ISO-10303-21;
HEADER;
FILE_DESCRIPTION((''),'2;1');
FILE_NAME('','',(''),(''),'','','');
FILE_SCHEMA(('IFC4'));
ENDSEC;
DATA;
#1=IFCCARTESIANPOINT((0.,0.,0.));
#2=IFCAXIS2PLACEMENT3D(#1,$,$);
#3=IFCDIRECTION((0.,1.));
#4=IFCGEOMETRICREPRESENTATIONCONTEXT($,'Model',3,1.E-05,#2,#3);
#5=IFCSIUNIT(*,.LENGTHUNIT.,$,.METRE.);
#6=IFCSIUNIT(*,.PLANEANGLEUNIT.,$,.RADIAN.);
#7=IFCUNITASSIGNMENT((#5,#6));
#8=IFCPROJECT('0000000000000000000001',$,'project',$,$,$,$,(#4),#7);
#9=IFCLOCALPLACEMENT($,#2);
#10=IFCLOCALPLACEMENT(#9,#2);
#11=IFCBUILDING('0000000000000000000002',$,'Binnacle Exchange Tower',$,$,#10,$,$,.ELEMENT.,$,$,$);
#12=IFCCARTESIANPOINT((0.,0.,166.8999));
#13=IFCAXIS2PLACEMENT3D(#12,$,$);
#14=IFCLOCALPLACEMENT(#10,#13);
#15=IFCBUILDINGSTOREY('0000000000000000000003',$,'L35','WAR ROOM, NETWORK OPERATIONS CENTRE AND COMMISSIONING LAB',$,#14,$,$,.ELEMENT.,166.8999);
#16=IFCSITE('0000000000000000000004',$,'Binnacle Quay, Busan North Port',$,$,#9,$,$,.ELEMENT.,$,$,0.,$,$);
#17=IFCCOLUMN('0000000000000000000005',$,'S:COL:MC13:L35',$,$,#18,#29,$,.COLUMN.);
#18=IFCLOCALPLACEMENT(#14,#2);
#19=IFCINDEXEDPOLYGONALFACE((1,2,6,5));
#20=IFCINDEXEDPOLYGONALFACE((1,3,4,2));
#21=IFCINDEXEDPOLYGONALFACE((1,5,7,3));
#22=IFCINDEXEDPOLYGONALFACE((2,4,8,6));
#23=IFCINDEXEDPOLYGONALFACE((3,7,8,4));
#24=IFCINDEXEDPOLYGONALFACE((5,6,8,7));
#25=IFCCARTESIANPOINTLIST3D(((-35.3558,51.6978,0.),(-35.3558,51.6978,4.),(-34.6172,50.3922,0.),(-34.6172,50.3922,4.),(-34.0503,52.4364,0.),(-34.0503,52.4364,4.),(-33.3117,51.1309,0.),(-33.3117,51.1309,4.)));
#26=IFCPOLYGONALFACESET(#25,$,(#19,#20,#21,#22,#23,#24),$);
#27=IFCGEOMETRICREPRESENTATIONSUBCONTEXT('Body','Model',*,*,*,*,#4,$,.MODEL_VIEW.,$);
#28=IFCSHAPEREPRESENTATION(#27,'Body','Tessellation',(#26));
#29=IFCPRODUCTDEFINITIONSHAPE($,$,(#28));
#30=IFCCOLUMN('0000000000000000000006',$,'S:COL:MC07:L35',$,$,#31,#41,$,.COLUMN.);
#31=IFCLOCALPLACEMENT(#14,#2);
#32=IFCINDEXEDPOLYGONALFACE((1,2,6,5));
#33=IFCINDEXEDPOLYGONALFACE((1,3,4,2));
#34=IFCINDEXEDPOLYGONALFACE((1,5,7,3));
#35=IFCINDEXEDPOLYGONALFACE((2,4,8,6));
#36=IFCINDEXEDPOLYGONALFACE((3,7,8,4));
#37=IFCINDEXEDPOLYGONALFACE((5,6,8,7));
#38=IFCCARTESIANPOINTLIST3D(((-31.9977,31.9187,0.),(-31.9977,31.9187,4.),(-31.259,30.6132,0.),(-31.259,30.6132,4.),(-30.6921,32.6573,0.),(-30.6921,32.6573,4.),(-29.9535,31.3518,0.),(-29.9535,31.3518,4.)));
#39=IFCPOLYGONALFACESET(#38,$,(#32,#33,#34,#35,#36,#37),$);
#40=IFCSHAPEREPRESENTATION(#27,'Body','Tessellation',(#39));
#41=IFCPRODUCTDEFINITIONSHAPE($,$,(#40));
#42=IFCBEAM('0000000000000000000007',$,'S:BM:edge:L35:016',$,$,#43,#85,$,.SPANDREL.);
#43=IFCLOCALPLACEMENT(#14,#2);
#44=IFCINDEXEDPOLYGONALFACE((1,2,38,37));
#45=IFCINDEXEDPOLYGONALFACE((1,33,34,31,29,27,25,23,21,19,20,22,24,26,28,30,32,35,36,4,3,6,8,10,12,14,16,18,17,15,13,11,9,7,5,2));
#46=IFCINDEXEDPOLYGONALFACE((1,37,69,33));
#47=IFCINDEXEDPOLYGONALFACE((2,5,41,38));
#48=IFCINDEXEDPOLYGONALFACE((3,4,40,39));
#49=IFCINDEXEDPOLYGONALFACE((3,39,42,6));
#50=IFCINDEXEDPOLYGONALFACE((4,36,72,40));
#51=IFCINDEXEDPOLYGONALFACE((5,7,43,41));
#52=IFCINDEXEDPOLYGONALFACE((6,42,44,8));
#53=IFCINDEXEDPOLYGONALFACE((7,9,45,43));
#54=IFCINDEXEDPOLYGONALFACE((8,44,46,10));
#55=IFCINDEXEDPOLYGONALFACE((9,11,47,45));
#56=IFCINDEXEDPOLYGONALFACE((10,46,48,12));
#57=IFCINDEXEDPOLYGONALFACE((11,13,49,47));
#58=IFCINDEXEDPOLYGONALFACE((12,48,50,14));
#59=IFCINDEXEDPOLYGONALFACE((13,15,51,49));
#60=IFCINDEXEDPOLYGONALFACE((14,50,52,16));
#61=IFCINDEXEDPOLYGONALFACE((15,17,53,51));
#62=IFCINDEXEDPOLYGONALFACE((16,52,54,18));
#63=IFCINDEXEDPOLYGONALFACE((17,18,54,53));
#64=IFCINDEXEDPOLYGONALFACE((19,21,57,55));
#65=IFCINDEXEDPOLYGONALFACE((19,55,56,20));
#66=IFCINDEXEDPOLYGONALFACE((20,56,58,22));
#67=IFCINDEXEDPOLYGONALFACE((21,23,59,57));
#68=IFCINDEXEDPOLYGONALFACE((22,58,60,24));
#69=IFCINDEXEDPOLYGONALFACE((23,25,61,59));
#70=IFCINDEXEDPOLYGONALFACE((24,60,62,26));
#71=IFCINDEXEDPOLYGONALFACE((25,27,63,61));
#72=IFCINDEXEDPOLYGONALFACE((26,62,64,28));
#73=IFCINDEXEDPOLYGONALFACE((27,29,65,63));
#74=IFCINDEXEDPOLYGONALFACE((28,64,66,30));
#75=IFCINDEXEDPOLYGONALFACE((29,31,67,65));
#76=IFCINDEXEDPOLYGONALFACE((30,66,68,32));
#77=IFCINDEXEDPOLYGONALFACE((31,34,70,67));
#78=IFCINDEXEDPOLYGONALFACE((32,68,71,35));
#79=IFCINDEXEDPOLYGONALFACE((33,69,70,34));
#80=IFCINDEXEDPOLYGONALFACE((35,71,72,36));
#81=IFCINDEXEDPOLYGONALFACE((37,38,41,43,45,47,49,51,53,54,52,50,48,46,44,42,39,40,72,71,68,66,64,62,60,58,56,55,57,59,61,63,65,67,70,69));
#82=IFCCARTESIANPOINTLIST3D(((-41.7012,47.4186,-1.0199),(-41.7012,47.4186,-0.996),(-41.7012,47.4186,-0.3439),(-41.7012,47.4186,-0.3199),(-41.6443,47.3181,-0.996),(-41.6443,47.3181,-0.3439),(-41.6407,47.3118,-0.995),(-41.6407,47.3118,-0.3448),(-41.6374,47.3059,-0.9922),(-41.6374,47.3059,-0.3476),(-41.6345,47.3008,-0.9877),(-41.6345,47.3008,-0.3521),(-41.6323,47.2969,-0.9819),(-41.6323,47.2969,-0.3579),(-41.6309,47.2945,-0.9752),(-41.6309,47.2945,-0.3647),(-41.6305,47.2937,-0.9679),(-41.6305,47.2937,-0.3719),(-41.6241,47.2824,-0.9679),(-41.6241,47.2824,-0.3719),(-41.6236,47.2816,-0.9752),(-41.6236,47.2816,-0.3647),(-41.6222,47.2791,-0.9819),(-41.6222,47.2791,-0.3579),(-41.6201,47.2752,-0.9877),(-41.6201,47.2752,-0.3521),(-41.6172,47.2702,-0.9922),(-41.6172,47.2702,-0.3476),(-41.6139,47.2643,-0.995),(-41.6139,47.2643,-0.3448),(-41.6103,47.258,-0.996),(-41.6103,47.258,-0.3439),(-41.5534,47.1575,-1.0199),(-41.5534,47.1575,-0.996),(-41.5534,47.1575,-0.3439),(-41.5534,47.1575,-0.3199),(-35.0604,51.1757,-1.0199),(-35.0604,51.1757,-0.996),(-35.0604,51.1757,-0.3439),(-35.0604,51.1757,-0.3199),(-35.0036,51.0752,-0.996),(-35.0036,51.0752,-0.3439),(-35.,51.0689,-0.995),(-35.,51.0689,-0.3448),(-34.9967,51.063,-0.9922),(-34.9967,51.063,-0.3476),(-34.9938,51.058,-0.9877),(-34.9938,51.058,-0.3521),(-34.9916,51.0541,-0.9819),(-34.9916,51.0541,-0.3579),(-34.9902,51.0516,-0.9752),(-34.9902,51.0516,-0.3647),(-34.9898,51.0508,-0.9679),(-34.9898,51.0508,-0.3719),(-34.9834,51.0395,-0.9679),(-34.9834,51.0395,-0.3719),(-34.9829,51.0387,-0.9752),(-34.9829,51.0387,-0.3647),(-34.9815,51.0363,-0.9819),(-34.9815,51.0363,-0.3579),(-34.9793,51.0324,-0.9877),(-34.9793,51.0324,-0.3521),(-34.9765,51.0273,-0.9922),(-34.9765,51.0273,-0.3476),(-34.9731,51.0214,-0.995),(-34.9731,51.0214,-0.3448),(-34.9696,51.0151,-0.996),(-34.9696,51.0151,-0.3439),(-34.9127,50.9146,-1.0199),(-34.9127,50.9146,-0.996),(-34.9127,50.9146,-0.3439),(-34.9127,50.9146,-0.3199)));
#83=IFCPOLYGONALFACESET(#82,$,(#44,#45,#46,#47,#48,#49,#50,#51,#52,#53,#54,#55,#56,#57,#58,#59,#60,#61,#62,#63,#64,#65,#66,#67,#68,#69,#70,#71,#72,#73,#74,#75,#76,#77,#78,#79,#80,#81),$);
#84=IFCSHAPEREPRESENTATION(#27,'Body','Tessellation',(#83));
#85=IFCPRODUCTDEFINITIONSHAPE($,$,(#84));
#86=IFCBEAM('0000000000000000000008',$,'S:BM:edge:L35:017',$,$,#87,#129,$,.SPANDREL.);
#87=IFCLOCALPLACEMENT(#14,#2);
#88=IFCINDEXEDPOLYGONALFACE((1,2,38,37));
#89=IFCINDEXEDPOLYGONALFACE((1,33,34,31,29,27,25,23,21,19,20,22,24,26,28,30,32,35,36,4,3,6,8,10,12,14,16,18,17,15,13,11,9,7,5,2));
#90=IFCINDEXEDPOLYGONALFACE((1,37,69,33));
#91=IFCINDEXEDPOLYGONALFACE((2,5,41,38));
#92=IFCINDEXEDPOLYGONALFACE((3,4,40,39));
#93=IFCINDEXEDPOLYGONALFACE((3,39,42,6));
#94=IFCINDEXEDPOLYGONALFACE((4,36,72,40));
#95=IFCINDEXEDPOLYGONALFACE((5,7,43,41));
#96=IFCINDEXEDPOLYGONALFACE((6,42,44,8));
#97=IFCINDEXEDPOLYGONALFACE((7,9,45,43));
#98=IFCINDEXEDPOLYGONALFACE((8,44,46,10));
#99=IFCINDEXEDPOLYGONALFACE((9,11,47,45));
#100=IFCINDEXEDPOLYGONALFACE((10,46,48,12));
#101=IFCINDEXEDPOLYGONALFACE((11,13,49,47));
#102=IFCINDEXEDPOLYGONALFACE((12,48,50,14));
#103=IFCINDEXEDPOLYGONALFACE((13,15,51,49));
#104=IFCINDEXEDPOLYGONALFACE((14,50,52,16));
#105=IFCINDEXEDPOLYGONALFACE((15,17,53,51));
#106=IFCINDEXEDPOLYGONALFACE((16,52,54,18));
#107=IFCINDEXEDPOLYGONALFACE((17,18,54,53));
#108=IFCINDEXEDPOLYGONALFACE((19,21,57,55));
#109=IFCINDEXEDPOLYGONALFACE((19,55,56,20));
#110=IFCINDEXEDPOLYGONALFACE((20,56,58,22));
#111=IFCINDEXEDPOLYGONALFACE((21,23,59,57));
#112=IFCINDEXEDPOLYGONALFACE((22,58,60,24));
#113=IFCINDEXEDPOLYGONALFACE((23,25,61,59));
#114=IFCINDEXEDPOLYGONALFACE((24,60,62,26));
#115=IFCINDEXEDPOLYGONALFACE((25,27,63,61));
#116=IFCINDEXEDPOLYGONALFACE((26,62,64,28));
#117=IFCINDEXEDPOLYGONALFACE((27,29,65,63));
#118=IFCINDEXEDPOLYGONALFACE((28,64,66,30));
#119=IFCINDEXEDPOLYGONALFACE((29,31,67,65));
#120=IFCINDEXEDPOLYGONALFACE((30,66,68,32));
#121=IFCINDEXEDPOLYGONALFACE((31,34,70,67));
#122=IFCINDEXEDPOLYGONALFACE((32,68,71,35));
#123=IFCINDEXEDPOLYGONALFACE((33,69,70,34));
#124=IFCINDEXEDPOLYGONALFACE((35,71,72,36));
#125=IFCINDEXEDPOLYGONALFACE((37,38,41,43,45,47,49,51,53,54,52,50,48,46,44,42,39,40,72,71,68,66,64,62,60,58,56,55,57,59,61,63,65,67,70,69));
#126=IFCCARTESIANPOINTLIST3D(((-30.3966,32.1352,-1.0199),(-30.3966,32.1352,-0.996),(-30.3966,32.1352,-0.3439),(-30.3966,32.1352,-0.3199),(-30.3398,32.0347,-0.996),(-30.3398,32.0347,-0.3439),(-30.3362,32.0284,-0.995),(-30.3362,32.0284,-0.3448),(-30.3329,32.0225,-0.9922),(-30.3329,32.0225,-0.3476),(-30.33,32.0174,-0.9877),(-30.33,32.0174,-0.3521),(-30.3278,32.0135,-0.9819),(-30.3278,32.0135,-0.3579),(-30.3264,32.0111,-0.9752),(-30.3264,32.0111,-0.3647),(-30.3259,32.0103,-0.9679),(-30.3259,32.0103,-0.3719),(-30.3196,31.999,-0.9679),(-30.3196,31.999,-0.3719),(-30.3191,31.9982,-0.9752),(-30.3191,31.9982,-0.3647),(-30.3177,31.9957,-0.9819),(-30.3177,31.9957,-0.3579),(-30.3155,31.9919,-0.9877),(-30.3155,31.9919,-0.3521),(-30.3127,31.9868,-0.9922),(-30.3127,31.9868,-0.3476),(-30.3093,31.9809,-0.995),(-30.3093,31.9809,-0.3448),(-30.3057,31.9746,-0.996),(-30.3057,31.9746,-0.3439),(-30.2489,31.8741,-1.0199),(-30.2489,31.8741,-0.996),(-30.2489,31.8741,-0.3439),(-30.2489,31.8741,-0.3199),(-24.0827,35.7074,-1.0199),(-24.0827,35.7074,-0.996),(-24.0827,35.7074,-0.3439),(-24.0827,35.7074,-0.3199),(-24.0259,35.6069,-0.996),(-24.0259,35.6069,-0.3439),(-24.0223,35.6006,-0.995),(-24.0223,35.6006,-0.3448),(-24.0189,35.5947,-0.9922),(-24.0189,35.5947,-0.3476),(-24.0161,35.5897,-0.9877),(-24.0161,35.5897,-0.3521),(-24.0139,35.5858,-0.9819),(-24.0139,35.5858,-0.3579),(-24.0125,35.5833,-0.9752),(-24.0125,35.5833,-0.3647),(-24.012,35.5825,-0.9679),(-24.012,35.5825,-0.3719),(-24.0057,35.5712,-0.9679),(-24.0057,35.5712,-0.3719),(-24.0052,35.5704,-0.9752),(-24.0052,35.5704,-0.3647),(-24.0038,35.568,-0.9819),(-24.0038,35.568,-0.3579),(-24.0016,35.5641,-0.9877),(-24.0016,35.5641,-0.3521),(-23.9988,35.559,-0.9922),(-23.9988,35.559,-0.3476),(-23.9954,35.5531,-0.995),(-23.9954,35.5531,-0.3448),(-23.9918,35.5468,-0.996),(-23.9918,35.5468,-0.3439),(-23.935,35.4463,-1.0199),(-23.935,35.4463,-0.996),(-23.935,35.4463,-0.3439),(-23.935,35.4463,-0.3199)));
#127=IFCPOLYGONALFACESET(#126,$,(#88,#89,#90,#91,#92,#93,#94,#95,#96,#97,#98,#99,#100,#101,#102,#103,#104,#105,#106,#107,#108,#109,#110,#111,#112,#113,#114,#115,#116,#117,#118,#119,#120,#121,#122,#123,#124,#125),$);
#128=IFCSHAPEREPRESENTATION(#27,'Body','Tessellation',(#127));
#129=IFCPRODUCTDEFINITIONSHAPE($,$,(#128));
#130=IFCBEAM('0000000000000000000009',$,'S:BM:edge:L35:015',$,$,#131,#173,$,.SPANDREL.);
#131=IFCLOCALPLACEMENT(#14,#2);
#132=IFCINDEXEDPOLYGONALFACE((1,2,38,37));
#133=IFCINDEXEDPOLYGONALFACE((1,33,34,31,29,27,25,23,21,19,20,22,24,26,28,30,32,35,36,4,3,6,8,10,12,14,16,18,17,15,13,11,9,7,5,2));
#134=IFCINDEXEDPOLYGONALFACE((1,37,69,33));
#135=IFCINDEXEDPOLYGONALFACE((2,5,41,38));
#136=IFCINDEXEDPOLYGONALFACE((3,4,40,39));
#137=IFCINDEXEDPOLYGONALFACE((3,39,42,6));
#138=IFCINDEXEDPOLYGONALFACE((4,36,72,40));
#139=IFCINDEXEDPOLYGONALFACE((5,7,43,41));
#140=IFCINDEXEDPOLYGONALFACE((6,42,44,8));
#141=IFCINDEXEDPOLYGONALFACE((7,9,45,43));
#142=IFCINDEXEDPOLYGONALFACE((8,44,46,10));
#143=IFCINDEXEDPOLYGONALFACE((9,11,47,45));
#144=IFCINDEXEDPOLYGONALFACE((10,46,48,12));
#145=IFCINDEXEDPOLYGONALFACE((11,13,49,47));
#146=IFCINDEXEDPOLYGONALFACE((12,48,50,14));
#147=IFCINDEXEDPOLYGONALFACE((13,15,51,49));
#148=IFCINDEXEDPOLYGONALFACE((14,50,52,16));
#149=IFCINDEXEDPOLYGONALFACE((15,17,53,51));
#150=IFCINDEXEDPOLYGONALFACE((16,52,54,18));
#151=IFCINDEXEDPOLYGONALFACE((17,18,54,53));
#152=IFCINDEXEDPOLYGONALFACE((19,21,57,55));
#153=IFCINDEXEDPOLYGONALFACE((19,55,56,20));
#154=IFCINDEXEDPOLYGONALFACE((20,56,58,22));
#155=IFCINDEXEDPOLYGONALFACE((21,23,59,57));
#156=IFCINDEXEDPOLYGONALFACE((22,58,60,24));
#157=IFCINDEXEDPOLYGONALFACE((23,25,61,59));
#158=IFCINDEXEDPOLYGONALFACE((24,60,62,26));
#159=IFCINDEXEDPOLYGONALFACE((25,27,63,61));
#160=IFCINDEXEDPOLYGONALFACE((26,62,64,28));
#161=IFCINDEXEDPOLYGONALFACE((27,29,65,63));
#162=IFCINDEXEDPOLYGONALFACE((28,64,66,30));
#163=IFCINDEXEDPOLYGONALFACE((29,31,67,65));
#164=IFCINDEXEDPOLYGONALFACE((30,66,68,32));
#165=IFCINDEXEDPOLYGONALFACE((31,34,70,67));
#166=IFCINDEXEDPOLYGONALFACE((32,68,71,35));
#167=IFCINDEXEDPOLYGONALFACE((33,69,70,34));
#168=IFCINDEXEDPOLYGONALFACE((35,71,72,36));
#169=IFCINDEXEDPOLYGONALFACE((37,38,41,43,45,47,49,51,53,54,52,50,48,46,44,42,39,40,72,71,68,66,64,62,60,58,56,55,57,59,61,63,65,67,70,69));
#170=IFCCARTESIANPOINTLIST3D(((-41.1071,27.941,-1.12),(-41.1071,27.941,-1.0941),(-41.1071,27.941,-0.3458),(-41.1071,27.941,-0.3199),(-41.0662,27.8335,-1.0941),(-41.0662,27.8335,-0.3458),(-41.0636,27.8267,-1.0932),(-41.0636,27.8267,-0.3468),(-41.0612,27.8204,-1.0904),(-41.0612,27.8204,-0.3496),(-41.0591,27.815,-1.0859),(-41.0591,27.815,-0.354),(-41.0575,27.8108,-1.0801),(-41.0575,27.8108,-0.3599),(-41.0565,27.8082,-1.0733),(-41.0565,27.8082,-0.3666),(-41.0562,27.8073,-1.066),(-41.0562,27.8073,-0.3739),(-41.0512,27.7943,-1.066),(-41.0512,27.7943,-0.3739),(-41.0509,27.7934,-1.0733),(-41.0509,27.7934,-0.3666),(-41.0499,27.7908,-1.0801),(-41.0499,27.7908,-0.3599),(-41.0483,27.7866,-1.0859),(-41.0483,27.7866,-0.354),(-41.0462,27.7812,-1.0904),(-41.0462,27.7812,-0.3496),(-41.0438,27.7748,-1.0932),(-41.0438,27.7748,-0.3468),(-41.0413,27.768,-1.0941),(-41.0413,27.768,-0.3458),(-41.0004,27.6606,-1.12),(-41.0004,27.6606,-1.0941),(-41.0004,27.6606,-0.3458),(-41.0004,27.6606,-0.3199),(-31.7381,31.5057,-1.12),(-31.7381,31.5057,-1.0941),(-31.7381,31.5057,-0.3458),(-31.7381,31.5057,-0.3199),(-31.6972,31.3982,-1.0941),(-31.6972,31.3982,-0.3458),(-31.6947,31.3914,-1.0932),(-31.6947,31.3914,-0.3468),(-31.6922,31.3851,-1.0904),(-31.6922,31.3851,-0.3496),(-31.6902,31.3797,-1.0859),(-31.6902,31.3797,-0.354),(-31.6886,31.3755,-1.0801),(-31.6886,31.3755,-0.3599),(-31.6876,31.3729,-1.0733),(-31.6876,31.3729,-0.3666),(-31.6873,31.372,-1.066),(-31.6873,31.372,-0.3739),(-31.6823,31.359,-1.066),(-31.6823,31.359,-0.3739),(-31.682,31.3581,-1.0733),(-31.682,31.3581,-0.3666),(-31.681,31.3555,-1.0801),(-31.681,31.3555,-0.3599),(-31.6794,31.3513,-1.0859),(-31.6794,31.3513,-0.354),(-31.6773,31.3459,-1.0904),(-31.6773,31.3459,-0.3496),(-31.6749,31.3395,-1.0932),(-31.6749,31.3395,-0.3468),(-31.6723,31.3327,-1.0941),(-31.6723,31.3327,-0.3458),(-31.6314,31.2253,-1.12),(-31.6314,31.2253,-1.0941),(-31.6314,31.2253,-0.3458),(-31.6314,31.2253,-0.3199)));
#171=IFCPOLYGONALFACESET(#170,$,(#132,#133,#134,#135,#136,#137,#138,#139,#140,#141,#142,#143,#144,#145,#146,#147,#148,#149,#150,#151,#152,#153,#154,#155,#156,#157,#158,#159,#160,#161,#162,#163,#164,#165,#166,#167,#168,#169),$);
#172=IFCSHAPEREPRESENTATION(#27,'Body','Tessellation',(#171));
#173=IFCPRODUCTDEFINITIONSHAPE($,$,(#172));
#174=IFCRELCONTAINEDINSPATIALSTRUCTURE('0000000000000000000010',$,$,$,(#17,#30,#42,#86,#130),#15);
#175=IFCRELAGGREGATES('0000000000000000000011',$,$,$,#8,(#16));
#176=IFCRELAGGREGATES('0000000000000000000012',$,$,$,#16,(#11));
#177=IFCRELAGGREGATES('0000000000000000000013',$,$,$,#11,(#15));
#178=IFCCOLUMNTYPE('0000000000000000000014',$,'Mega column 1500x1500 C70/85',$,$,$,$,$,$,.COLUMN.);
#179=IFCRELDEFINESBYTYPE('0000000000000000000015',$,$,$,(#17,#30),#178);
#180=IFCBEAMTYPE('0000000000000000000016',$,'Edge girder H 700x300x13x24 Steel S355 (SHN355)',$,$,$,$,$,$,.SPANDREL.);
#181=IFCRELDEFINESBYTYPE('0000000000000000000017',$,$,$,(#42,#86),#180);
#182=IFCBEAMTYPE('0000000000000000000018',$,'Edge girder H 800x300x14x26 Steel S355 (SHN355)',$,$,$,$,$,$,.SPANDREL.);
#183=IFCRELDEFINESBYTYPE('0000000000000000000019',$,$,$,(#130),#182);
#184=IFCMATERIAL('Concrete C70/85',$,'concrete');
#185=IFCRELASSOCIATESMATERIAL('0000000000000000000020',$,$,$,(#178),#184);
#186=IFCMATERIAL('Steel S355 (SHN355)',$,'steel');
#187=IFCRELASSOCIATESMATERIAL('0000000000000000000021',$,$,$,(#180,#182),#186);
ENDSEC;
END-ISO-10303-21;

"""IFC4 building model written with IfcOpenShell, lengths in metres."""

from ifc_helpers import new_model, si_unit, direction, frame, origin, origin_2d, place, context, subcontext, project, spatial, rectangle, i_section, extrude, material, material_profile, profile_set, type_object, element, save


model = new_model("IFC4")

# Units and contexts
model_context = context("Model", 3, precision=1e-05, world=origin(), true_north=direction((0.0, 1.0)))
body_context = subcontext(model_context, "Body", "Model", "MODEL_VIEW")
ifc_project = project(units=[si_unit("LENGTHUNIT", "METRE"), si_unit("PLANEANGLEUNIT", "RADIAN")], contexts=[model_context])

# Site, building, storey
site_placement = place(None, origin())
site = spatial("IfcSite", under=ifc_project, at=site_placement, Name="Binnacle Quay, Busan North Port", CompositionType="ELEMENT", RefElevation=0.0)
building_placement = place(site_placement, origin())
building = spatial("IfcBuilding", under=site, at=building_placement, Name="Binnacle Exchange Tower", CompositionType="ELEMENT")
storey_placement = place(building_placement, frame((0.0, 0.0, 166.8999)))
storey = spatial("IfcBuildingStorey", under=building, at=storey_placement, Name="L35", Description="WAR ROOM, NETWORK OPERATIONS CENTRE AND COMMISSIONING LAB", CompositionType="ELEMENT", Elevation=166.8999)

# Columns
ifc_material_1 = material(Name="Concrete C70/85", Category="concrete")
ifc_material_profile_1 = material_profile(ifc_material_1, rectangle(XDim=1.5, YDim=1.5, at=origin_2d()), Name="Mega column 1500x1500 C70/85")
ifc_profile_set_1 = profile_set([ifc_material_profile_1], Name="Concrete C70/85")
column_type = type_object("IfcColumnType", Name="Mega column 1500x1500 C70/85", PredefinedType="COLUMN", material=ifc_profile_set_1)
for number, where, z_axis, x_axis, name in (
    (1, (-34.3337, 51.4143, 0.0), (0.0, 0.0, 1.0), (-0.870356, -0.492424, 0.0), "S:COL:MC13:L35"),
    (2, (-30.9756, 31.6353, 0.0), (0.0, 0.0, 1.0), (0.870356, 0.492424, 0.0), "S:COL:MC07:L35"),
):
    element("IfcColumn", number, at=place(storey_placement, frame(where, z_axis=z_axis, x_axis=x_axis)), inside=storey, type_object=column_type, Name=name, PredefinedType="COLUMN", context=body_context, shape_type="SweptSolid", body=[
        extrude(rectangle(XDim=1.5, YDim=1.5, at=origin_2d()), origin(), (0.0, 0.0, 1.0), 4.0),
    ])

# Beams
ifc_material_2 = material(Name="Steel S355 (SHN355)", Category="steel")
ifc_material_profile_2 = material_profile(ifc_material_2, i_section(OverallWidth=0.3, OverallDepth=0.7, WebThickness=0.0129, FlangeThickness=0.0239, FilletRadius=0.0281, at=origin_2d()), Name="H 700x300x13x24")
ifc_profile_set_2 = profile_set([ifc_material_profile_2], Name="Steel S355 (SHN355)")
beam_type_1 = type_object("IfcBeamType", Name="Edge girder H 700x300x13x24 Steel S355 (SHN355)", PredefinedType="SPANDREL", material=ifc_profile_set_2)
beam_1_placement = place(storey_placement, frame((-34.9866, 51.0452, -0.6699), z_axis=(-0.870356, -0.492423, 0.0), x_axis=(0.492423, -0.870356, 0.0)))
element("IfcBeam", 3, at=beam_1_placement, inside=storey, type_object=beam_type_1, Name="S:BM:edge:L35:016", PredefinedType="SPANDREL", context=body_context, shape_type="SweptSolid", body=[
    extrude(i_section(OverallWidth=0.3, OverallDepth=0.7, WebThickness=0.0129, FlangeThickness=0.0239, FilletRadius=0.0281, at=origin_2d()), origin(), (0.0, 0.0, 1.0), 7.6299),
])
beam_2_placement = place(storey_placement, frame((-30.3228, 32.0046, -0.6699), z_axis=(0.870356, 0.492423, 0.0), x_axis=(-0.492423, 0.870356, 0.0)))
element("IfcBeam", 4, at=beam_2_placement, inside=storey, type_object=beam_type_1, Name="S:BM:edge:L35:017", PredefinedType="SPANDREL", context=body_context, shape_type="SweptSolid", body=[
    extrude(i_section(OverallWidth=0.3, OverallDepth=0.7, WebThickness=0.0129, FlangeThickness=0.0239, FilletRadius=0.0281, at=origin_2d()), origin(), (0.0, 0.0, 1.0), 7.2544),
])
ifc_material_profile_3 = material_profile(ifc_material_2, i_section(OverallWidth=0.3, OverallDepth=0.8, WebThickness=0.0139, FlangeThickness=0.0259, FilletRadius=0.0281, at=origin_2d()), Name="H 800x300x14x26")
ifc_profile_set_3 = profile_set([ifc_material_profile_3], Name="Steel S355 (SHN355)")
beam_type_2 = type_object("IfcBeamType", Name="Edge girder H 800x300x14x26 Steel S355 (SHN355)", PredefinedType="SPANDREL", material=ifc_profile_set_3)
beam_3_placement = place(storey_placement, frame((-41.0537, 27.8008, -0.72), z_axis=(0.934634, 0.355611, 0.0), x_axis=(-0.355611, 0.934634, 0.0)))
element("IfcBeam", 5, at=beam_3_placement, inside=storey, type_object=beam_type_2, Name="S:BM:edge:L35:015", PredefinedType="SPANDREL", context=body_context, shape_type="SweptSolid", body=[
    extrude(i_section(OverallWidth=0.3, OverallDepth=0.8, WebThickness=0.0139, FlangeThickness=0.0259, FilletRadius=0.0281, at=origin_2d()), origin(), (0.0, 0.0, 1.0), 10.0242),
])

save(model, "model.ifc")
